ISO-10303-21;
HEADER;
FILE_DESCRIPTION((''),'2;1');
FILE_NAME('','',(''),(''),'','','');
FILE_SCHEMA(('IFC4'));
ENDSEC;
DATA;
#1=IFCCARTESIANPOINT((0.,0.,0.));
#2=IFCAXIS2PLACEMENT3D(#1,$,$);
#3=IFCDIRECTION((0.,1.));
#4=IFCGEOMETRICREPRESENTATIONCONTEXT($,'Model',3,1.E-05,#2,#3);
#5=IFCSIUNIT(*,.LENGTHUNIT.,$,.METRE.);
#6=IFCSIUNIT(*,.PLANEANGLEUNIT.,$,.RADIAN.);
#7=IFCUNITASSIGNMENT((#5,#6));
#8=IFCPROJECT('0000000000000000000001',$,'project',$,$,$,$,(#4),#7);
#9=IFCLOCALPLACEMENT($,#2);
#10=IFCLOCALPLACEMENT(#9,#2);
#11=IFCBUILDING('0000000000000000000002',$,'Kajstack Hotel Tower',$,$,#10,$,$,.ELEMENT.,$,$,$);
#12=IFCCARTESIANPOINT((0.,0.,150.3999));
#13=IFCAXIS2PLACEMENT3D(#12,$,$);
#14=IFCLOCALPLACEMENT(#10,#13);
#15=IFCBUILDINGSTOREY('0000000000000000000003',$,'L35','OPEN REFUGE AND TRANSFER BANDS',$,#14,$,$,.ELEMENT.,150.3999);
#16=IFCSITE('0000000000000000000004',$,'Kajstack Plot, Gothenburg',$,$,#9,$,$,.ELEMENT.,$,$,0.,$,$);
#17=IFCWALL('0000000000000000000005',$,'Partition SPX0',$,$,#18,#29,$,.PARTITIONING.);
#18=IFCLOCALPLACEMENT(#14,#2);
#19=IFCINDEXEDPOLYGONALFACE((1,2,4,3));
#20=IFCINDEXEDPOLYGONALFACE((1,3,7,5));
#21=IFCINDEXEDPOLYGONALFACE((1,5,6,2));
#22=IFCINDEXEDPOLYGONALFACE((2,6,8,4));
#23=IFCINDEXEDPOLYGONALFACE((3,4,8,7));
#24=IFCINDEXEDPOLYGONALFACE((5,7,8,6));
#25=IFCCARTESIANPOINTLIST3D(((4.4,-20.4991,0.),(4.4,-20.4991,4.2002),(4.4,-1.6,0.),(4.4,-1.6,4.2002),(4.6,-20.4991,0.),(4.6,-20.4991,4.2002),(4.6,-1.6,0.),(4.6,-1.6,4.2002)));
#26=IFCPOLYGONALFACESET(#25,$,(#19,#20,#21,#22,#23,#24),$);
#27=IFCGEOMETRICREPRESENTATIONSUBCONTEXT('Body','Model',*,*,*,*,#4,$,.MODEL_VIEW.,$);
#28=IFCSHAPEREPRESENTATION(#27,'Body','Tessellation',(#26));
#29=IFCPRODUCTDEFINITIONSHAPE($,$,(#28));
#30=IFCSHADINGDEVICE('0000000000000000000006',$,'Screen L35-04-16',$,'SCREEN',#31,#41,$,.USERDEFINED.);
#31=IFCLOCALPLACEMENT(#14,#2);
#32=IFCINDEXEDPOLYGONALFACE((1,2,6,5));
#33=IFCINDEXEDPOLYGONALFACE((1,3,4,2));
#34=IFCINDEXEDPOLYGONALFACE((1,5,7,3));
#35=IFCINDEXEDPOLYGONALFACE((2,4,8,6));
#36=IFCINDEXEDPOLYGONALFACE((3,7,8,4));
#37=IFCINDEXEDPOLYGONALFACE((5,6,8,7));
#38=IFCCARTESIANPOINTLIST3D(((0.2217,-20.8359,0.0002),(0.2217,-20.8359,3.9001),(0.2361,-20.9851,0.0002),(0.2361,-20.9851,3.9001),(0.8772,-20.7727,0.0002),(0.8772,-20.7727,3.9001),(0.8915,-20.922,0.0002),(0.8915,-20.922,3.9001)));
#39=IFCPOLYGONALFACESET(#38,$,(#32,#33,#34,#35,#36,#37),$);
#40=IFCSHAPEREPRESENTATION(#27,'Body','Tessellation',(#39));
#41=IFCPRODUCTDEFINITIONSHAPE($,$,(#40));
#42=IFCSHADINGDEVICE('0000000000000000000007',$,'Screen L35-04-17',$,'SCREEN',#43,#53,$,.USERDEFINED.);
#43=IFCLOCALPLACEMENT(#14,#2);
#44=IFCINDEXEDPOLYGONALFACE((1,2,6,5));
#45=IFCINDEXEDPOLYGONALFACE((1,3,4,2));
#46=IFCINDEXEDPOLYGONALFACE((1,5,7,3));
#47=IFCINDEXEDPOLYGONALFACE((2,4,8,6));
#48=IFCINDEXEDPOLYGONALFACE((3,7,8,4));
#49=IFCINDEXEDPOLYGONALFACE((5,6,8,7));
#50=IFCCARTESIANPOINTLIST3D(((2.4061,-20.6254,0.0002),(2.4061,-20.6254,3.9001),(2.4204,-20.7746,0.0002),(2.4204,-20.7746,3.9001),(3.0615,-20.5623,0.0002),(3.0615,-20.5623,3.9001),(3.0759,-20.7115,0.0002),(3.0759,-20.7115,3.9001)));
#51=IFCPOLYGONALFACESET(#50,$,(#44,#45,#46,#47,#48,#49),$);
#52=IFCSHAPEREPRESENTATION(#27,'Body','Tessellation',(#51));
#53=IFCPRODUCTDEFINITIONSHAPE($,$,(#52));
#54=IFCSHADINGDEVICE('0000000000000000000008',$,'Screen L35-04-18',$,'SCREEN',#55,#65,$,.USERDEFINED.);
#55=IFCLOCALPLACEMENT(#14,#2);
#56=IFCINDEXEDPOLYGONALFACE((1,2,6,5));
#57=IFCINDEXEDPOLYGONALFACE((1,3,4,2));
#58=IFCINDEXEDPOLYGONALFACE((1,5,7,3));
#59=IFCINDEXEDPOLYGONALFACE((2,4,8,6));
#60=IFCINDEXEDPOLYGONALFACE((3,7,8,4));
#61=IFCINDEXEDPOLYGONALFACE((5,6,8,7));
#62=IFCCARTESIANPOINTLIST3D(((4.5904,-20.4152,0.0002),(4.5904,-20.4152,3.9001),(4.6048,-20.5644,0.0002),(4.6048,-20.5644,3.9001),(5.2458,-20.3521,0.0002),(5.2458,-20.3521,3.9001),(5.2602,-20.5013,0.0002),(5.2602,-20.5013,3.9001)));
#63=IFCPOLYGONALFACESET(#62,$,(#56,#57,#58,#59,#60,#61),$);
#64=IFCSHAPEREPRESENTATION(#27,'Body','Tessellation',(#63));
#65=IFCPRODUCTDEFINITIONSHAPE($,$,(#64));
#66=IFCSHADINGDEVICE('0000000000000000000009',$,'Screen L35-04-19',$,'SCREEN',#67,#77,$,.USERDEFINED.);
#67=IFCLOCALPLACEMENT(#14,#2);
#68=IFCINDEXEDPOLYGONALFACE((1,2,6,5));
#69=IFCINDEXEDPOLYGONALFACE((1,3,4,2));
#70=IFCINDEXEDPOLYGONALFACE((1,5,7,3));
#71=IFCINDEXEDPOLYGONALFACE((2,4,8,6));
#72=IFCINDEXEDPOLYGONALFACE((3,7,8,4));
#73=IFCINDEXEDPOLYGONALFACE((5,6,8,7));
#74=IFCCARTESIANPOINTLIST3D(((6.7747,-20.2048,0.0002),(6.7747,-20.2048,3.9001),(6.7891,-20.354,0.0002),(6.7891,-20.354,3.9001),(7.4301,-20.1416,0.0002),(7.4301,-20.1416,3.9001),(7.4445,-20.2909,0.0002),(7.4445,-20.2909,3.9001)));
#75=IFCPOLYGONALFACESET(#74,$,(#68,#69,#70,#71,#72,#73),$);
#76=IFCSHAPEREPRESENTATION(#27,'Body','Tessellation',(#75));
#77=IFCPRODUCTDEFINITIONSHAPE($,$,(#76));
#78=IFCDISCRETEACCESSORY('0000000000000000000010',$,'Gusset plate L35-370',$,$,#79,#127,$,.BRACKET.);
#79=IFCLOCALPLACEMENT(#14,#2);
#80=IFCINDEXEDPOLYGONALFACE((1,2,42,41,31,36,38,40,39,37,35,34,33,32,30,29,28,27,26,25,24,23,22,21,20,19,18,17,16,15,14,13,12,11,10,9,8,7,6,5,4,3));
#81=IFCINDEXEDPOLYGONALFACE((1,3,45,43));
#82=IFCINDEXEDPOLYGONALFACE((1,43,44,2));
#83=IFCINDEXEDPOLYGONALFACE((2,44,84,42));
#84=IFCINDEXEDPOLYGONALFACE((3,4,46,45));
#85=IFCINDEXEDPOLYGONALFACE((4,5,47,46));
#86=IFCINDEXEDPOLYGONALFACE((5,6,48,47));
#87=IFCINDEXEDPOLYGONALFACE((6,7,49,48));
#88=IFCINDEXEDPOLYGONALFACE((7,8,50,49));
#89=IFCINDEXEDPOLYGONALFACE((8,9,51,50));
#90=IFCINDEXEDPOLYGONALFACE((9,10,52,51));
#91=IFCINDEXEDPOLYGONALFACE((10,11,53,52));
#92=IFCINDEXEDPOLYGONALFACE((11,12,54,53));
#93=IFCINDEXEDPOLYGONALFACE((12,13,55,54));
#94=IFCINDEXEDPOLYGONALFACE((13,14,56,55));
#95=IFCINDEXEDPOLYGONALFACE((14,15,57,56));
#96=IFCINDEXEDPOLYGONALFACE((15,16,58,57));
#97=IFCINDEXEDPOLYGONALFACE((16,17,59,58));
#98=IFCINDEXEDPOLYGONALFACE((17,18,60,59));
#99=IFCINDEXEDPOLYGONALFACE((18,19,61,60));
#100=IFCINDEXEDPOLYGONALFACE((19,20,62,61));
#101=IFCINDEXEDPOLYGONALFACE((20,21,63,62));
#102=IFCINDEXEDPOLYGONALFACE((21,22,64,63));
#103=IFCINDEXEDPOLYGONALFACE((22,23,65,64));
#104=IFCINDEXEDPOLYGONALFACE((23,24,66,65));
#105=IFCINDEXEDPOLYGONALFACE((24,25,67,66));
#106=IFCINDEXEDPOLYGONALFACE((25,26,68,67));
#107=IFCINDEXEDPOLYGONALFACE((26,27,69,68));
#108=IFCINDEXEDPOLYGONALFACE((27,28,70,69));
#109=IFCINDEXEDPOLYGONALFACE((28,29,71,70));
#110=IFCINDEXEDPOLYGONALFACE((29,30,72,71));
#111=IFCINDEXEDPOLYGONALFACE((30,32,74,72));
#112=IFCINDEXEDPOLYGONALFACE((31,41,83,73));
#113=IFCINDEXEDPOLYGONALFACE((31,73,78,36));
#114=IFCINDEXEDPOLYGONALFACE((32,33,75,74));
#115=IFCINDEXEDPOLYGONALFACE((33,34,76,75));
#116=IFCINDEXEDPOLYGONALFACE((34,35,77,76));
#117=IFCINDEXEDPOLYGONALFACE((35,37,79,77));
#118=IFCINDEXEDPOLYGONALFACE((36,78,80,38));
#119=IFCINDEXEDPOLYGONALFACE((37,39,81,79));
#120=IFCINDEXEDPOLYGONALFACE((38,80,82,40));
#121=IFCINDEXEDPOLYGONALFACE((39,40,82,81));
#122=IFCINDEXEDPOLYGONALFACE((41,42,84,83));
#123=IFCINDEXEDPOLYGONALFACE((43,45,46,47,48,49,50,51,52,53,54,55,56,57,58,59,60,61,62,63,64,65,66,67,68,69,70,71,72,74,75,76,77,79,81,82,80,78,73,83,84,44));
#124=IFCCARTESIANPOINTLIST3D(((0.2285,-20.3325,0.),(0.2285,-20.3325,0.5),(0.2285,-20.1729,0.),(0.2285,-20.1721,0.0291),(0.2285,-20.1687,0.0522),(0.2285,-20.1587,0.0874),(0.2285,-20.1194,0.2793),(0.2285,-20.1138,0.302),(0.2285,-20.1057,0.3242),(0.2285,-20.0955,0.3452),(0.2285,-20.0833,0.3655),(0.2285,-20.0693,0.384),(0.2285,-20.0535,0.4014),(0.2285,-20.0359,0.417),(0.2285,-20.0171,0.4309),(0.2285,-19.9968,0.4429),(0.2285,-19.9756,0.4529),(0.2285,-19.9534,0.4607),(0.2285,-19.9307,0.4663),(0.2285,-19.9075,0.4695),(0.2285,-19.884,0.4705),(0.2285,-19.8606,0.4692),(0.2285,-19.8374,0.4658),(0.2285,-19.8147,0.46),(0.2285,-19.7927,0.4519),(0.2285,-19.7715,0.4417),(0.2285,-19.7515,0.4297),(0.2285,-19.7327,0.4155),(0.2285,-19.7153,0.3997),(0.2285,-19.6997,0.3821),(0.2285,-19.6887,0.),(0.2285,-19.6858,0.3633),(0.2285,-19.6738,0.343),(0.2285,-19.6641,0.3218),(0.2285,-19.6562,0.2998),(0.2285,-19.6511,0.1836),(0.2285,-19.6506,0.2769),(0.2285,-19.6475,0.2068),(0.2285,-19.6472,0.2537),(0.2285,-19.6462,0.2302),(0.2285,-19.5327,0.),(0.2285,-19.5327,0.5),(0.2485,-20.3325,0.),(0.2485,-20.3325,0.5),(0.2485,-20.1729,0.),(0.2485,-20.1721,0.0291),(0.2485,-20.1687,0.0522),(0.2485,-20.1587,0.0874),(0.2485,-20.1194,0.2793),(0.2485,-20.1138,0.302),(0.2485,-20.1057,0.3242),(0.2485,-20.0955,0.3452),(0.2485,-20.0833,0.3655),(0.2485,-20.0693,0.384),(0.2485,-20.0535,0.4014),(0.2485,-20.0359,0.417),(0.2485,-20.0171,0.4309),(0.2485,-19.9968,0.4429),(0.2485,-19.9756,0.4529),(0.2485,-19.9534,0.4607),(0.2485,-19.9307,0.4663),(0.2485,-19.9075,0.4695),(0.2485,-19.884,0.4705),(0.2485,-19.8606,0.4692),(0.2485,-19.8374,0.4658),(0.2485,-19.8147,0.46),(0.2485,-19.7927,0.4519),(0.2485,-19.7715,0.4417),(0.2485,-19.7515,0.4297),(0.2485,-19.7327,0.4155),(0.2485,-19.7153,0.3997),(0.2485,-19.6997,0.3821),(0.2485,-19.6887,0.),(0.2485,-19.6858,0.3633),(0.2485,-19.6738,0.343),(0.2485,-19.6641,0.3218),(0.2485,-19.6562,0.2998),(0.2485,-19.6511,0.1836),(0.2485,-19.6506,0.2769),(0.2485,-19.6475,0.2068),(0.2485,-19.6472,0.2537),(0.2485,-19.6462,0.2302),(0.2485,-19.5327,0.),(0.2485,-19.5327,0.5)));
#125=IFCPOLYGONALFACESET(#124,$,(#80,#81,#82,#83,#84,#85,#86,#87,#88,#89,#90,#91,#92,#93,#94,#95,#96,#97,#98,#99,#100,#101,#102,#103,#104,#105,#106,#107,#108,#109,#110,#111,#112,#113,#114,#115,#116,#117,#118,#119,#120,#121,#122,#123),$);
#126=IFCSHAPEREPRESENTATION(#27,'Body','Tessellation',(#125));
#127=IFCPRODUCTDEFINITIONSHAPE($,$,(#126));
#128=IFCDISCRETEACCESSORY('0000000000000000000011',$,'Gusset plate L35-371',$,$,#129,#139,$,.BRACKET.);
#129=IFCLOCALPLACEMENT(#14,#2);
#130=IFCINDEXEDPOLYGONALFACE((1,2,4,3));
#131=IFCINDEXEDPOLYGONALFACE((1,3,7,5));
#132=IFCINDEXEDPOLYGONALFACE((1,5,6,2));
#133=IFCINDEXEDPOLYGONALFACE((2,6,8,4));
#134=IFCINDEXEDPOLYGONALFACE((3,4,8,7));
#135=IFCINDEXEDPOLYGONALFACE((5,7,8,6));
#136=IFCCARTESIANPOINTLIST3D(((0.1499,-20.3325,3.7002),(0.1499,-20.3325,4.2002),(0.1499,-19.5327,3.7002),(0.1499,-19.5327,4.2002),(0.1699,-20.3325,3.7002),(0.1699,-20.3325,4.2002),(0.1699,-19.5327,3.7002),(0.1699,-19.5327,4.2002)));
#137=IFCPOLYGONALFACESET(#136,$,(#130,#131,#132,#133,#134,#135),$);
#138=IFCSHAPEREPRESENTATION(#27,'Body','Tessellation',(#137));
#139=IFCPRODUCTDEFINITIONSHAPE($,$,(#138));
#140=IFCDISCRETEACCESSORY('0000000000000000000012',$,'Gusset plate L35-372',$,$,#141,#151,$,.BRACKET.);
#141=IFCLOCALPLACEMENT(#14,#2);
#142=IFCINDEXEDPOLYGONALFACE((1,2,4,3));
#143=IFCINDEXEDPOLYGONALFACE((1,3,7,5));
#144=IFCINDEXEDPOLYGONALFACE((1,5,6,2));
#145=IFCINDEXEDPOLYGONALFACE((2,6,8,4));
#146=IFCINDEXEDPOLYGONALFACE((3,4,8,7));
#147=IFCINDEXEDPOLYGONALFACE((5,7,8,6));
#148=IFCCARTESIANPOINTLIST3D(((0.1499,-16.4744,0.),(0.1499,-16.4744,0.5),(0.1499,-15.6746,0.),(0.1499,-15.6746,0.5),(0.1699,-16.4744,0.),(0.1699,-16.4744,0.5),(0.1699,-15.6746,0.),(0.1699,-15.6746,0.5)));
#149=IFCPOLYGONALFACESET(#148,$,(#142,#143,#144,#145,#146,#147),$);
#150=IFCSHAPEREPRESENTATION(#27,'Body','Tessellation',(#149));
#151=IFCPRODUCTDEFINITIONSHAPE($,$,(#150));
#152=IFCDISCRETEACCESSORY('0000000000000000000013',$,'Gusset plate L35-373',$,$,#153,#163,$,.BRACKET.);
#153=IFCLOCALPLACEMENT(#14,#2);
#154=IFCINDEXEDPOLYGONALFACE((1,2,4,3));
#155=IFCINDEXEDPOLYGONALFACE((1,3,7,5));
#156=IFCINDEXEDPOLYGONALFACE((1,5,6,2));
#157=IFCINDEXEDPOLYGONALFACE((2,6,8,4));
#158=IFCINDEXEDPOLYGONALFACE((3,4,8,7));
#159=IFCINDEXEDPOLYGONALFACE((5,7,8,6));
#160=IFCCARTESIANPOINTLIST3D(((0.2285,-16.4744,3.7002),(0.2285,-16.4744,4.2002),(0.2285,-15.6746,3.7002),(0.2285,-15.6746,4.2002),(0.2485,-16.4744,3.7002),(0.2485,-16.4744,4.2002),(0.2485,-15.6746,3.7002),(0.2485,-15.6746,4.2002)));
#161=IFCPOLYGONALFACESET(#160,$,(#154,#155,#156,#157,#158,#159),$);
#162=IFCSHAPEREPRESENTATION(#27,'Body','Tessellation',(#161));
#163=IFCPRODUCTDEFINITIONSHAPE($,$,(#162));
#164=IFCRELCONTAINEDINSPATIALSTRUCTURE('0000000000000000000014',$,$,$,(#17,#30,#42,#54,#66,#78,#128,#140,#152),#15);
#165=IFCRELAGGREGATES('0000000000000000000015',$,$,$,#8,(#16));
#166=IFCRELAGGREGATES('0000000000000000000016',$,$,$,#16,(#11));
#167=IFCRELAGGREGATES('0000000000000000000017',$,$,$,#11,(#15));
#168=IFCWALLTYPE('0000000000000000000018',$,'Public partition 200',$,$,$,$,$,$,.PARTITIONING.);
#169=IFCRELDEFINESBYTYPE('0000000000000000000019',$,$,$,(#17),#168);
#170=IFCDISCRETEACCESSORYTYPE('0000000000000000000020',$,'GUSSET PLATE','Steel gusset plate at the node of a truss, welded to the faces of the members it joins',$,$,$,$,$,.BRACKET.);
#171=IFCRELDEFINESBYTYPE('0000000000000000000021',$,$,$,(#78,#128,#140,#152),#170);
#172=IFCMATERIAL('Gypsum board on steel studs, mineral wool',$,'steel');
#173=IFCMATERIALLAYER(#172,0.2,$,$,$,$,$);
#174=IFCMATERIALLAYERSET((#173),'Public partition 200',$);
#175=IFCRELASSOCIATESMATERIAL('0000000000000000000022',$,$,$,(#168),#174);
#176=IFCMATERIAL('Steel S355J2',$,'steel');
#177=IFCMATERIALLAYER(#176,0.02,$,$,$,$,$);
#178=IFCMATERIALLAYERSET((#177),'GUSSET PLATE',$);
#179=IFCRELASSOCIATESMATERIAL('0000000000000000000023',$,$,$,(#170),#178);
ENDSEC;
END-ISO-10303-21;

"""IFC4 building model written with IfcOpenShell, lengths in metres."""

from ifc_helpers import new_model, si_unit, direction, frame, frame_2d, origin, origin_2d, place, context, subcontext, project, spatial, polyline, rectangle, outline, extrude, material, layer, layer_set, type_object, element, save


model = new_model("IFC4")

# Units and contexts
model_context = context("Model", 3, precision=1e-05, world=origin(), true_north=direction((0.0, 1.0)))
body_context = subcontext(model_context, "Body", "Model", "MODEL_VIEW")
ifc_project = project(units=[si_unit("LENGTHUNIT", "METRE"), si_unit("PLANEANGLEUNIT", "RADIAN")], contexts=[model_context])

# Site, building, storey
site_placement = place(None, origin())
site = spatial("IfcSite", under=ifc_project, at=site_placement, Name="Kajstack Plot, Gothenburg", CompositionType="ELEMENT", RefElevation=0.0)
building_placement = place(site_placement, origin())
building = spatial("IfcBuilding", under=site, at=building_placement, Name="Kajstack Hotel Tower", CompositionType="ELEMENT")
storey_placement = place(building_placement, frame((0.0, 0.0, 150.3999)))
storey = spatial("IfcBuildingStorey", under=building, at=storey_placement, Name="L35", Description="OPEN REFUGE AND TRANSFER BANDS", CompositionType="ELEMENT", Elevation=150.3999)

# Shared definitions
ifc_material_1 = material(Name="Steel S355J2", Category="steel")

# Wall
ifc_material_2 = material(Name="Gypsum board on steel studs, mineral wool", Category="steel")
ifc_layer_1 = layer(ifc_material_2, 0.2)
ifc_layer_set_1 = layer_set([ifc_layer_1], Name="Public partition 200")
wall_type = type_object("IfcWallType", Name="Public partition 200", PredefinedType="PARTITIONING", material=ifc_layer_set_1)
wall_placement = place(storey_placement, frame((4.5, -20.4993, 0.0), z_axis=(0.0, 0.0, 1.0), x_axis=(0.0, 1.0, 0.0)))
element("IfcWall", 1, at=wall_placement, inside=storey, type_object=wall_type, Name="Partition SPX0", PredefinedType="PARTITIONING", context=body_context, shape_type="SweptSolid", body=[
    extrude(rectangle(XDim=18.8992, YDim=0.2, at=frame_2d((9.4497, 0.0))), origin(), (0.0, 0.0, 1.0), 4.2002),
])

# Shading devices
for number, where, z_axis, x_axis, name in (
    (2, (0.5566, -20.8789, 0.0002), (0.0, 0.0, 1.0), (0.995396, 0.095846, 0.0), "Screen L35-04-16"),
    (3, (2.741, -20.6685, 0.0002), (0.0, 0.0, 1.0), (0.995396, 0.095846, 0.0), "Screen L35-04-17"),
    (4, (4.9253, -20.4583, 0.0002), (0.0, 0.0, 1.0), (0.995396, 0.095846, 0.0), "Screen L35-04-18"),
    (5, (7.1096, -20.2478, 0.0002), (0.0, 0.0, 1.0), (0.995396, 0.095846, 0.0), "Screen L35-04-19"),
):
    element("IfcShadingDevice", number, at=place(storey_placement, frame(where, z_axis=z_axis, x_axis=x_axis)), inside=storey, Name=name, ObjectType="SCREEN", PredefinedType="USERDEFINED", context=body_context, shape_type="SweptSolid", body=[
        extrude(rectangle(XDim=0.6584, YDim=0.1499, at=origin_2d()), origin(), (0.0, 0.0, 1.0), 3.8999),
    ])

# Discrete accessories
ifc_layer_2 = layer(ifc_material_1, 0.02)
ifc_layer_set_2 = layer_set([ifc_layer_2], Name="GUSSET PLATE")
discrete_accessory_type = type_object("IfcDiscreteAccessoryType", Name="GUSSET PLATE", Description="Steel gusset plate at the node of a truss, welded to the faces of the members it joins", PredefinedType="BRACKET", material=ifc_layer_set_2)
discrete_accessory_1_placement = place(storey_placement, frame((0.2285, -19.9326, 0.0), z_axis=(1.0, 0.0, 0.0), x_axis=(0.0, 1.0, 0.0)))
element("IfcDiscreteAccessory", 6, at=discrete_accessory_1_placement, inside=storey, type_object=discrete_accessory_type, Name="Gusset plate L35-370", PredefinedType="BRACKET", context=body_context, shape_type="SweptSolid", body=[
    extrude(outline(polyline([(-0.3999, 0.0), (-0.2402, 0.0), (-0.2395, 0.0291), (-0.2361, 0.0522), (-0.2261, 0.0874), (-0.1868, 0.2793), (-0.1812, 0.302), (-0.1731, 0.3242), (-0.1628, 0.3452), (-0.1506, 0.3655), (-0.1367, 0.384), (-0.1208, 0.4014), (-0.1033, 0.417), (-0.0845, 0.4309), (-0.0642, 0.4429), (-0.043, 0.4529), (-0.0208, 0.4607), (0.002, 0.4663), (0.0251, 0.4695), (0.0486, 0.4705), (0.072, 0.4692), (0.0952, 0.4658), (0.1179, 0.46), (0.1399, 0.4519), (0.1611, 0.4417), (0.1812, 0.4297), (0.2, 0.4155), (0.2173, 0.3997), (0.2329, 0.3821), (0.2468, 0.3633), (0.2588, 0.343), (0.2686, 0.3218), (0.2764, 0.2998), (0.282, 0.2769), (0.2854, 0.2537), (0.2864, 0.2302), (0.2852, 0.2068), (0.2815, 0.1836), (0.2439, 0.0), (0.3999, 0.0), (0.3999, 0.5), (-0.3999, 0.5), (-0.3999, 0.0)])), origin(), (0.0, 0.0, 1.0), 0.02),
])
for number, where, z_axis, x_axis, name in (
    (7, (0.1499, -19.9326, 3.7002), (1.0, 0.0, 0.0), (0.0, 1.0, 0.0), "Gusset plate L35-371"),
    (8, (0.1499, -16.0745, 0.0), (1.0, 0.0, 0.0), (0.0, 1.0, 0.0), "Gusset plate L35-372"),
    (9, (0.2285, -16.0745, 3.7002), (1.0, 0.0, 0.0), (0.0, 1.0, 0.0), "Gusset plate L35-373"),
):
    element("IfcDiscreteAccessory", number, at=place(storey_placement, frame(where, z_axis=z_axis, x_axis=x_axis)), inside=storey, type_object=discrete_accessory_type, Name=name, PredefinedType="BRACKET", context=body_context, shape_type="SweptSolid", body=[
        extrude(outline(polyline([(-0.3999, 0.0), (0.3999, 0.0), (0.3999, 0.5), (-0.3999, 0.5), (-0.3999, 0.0)])), origin(), (0.0, 0.0, 1.0), 0.02),
    ])

save(model, "model.ifc")
